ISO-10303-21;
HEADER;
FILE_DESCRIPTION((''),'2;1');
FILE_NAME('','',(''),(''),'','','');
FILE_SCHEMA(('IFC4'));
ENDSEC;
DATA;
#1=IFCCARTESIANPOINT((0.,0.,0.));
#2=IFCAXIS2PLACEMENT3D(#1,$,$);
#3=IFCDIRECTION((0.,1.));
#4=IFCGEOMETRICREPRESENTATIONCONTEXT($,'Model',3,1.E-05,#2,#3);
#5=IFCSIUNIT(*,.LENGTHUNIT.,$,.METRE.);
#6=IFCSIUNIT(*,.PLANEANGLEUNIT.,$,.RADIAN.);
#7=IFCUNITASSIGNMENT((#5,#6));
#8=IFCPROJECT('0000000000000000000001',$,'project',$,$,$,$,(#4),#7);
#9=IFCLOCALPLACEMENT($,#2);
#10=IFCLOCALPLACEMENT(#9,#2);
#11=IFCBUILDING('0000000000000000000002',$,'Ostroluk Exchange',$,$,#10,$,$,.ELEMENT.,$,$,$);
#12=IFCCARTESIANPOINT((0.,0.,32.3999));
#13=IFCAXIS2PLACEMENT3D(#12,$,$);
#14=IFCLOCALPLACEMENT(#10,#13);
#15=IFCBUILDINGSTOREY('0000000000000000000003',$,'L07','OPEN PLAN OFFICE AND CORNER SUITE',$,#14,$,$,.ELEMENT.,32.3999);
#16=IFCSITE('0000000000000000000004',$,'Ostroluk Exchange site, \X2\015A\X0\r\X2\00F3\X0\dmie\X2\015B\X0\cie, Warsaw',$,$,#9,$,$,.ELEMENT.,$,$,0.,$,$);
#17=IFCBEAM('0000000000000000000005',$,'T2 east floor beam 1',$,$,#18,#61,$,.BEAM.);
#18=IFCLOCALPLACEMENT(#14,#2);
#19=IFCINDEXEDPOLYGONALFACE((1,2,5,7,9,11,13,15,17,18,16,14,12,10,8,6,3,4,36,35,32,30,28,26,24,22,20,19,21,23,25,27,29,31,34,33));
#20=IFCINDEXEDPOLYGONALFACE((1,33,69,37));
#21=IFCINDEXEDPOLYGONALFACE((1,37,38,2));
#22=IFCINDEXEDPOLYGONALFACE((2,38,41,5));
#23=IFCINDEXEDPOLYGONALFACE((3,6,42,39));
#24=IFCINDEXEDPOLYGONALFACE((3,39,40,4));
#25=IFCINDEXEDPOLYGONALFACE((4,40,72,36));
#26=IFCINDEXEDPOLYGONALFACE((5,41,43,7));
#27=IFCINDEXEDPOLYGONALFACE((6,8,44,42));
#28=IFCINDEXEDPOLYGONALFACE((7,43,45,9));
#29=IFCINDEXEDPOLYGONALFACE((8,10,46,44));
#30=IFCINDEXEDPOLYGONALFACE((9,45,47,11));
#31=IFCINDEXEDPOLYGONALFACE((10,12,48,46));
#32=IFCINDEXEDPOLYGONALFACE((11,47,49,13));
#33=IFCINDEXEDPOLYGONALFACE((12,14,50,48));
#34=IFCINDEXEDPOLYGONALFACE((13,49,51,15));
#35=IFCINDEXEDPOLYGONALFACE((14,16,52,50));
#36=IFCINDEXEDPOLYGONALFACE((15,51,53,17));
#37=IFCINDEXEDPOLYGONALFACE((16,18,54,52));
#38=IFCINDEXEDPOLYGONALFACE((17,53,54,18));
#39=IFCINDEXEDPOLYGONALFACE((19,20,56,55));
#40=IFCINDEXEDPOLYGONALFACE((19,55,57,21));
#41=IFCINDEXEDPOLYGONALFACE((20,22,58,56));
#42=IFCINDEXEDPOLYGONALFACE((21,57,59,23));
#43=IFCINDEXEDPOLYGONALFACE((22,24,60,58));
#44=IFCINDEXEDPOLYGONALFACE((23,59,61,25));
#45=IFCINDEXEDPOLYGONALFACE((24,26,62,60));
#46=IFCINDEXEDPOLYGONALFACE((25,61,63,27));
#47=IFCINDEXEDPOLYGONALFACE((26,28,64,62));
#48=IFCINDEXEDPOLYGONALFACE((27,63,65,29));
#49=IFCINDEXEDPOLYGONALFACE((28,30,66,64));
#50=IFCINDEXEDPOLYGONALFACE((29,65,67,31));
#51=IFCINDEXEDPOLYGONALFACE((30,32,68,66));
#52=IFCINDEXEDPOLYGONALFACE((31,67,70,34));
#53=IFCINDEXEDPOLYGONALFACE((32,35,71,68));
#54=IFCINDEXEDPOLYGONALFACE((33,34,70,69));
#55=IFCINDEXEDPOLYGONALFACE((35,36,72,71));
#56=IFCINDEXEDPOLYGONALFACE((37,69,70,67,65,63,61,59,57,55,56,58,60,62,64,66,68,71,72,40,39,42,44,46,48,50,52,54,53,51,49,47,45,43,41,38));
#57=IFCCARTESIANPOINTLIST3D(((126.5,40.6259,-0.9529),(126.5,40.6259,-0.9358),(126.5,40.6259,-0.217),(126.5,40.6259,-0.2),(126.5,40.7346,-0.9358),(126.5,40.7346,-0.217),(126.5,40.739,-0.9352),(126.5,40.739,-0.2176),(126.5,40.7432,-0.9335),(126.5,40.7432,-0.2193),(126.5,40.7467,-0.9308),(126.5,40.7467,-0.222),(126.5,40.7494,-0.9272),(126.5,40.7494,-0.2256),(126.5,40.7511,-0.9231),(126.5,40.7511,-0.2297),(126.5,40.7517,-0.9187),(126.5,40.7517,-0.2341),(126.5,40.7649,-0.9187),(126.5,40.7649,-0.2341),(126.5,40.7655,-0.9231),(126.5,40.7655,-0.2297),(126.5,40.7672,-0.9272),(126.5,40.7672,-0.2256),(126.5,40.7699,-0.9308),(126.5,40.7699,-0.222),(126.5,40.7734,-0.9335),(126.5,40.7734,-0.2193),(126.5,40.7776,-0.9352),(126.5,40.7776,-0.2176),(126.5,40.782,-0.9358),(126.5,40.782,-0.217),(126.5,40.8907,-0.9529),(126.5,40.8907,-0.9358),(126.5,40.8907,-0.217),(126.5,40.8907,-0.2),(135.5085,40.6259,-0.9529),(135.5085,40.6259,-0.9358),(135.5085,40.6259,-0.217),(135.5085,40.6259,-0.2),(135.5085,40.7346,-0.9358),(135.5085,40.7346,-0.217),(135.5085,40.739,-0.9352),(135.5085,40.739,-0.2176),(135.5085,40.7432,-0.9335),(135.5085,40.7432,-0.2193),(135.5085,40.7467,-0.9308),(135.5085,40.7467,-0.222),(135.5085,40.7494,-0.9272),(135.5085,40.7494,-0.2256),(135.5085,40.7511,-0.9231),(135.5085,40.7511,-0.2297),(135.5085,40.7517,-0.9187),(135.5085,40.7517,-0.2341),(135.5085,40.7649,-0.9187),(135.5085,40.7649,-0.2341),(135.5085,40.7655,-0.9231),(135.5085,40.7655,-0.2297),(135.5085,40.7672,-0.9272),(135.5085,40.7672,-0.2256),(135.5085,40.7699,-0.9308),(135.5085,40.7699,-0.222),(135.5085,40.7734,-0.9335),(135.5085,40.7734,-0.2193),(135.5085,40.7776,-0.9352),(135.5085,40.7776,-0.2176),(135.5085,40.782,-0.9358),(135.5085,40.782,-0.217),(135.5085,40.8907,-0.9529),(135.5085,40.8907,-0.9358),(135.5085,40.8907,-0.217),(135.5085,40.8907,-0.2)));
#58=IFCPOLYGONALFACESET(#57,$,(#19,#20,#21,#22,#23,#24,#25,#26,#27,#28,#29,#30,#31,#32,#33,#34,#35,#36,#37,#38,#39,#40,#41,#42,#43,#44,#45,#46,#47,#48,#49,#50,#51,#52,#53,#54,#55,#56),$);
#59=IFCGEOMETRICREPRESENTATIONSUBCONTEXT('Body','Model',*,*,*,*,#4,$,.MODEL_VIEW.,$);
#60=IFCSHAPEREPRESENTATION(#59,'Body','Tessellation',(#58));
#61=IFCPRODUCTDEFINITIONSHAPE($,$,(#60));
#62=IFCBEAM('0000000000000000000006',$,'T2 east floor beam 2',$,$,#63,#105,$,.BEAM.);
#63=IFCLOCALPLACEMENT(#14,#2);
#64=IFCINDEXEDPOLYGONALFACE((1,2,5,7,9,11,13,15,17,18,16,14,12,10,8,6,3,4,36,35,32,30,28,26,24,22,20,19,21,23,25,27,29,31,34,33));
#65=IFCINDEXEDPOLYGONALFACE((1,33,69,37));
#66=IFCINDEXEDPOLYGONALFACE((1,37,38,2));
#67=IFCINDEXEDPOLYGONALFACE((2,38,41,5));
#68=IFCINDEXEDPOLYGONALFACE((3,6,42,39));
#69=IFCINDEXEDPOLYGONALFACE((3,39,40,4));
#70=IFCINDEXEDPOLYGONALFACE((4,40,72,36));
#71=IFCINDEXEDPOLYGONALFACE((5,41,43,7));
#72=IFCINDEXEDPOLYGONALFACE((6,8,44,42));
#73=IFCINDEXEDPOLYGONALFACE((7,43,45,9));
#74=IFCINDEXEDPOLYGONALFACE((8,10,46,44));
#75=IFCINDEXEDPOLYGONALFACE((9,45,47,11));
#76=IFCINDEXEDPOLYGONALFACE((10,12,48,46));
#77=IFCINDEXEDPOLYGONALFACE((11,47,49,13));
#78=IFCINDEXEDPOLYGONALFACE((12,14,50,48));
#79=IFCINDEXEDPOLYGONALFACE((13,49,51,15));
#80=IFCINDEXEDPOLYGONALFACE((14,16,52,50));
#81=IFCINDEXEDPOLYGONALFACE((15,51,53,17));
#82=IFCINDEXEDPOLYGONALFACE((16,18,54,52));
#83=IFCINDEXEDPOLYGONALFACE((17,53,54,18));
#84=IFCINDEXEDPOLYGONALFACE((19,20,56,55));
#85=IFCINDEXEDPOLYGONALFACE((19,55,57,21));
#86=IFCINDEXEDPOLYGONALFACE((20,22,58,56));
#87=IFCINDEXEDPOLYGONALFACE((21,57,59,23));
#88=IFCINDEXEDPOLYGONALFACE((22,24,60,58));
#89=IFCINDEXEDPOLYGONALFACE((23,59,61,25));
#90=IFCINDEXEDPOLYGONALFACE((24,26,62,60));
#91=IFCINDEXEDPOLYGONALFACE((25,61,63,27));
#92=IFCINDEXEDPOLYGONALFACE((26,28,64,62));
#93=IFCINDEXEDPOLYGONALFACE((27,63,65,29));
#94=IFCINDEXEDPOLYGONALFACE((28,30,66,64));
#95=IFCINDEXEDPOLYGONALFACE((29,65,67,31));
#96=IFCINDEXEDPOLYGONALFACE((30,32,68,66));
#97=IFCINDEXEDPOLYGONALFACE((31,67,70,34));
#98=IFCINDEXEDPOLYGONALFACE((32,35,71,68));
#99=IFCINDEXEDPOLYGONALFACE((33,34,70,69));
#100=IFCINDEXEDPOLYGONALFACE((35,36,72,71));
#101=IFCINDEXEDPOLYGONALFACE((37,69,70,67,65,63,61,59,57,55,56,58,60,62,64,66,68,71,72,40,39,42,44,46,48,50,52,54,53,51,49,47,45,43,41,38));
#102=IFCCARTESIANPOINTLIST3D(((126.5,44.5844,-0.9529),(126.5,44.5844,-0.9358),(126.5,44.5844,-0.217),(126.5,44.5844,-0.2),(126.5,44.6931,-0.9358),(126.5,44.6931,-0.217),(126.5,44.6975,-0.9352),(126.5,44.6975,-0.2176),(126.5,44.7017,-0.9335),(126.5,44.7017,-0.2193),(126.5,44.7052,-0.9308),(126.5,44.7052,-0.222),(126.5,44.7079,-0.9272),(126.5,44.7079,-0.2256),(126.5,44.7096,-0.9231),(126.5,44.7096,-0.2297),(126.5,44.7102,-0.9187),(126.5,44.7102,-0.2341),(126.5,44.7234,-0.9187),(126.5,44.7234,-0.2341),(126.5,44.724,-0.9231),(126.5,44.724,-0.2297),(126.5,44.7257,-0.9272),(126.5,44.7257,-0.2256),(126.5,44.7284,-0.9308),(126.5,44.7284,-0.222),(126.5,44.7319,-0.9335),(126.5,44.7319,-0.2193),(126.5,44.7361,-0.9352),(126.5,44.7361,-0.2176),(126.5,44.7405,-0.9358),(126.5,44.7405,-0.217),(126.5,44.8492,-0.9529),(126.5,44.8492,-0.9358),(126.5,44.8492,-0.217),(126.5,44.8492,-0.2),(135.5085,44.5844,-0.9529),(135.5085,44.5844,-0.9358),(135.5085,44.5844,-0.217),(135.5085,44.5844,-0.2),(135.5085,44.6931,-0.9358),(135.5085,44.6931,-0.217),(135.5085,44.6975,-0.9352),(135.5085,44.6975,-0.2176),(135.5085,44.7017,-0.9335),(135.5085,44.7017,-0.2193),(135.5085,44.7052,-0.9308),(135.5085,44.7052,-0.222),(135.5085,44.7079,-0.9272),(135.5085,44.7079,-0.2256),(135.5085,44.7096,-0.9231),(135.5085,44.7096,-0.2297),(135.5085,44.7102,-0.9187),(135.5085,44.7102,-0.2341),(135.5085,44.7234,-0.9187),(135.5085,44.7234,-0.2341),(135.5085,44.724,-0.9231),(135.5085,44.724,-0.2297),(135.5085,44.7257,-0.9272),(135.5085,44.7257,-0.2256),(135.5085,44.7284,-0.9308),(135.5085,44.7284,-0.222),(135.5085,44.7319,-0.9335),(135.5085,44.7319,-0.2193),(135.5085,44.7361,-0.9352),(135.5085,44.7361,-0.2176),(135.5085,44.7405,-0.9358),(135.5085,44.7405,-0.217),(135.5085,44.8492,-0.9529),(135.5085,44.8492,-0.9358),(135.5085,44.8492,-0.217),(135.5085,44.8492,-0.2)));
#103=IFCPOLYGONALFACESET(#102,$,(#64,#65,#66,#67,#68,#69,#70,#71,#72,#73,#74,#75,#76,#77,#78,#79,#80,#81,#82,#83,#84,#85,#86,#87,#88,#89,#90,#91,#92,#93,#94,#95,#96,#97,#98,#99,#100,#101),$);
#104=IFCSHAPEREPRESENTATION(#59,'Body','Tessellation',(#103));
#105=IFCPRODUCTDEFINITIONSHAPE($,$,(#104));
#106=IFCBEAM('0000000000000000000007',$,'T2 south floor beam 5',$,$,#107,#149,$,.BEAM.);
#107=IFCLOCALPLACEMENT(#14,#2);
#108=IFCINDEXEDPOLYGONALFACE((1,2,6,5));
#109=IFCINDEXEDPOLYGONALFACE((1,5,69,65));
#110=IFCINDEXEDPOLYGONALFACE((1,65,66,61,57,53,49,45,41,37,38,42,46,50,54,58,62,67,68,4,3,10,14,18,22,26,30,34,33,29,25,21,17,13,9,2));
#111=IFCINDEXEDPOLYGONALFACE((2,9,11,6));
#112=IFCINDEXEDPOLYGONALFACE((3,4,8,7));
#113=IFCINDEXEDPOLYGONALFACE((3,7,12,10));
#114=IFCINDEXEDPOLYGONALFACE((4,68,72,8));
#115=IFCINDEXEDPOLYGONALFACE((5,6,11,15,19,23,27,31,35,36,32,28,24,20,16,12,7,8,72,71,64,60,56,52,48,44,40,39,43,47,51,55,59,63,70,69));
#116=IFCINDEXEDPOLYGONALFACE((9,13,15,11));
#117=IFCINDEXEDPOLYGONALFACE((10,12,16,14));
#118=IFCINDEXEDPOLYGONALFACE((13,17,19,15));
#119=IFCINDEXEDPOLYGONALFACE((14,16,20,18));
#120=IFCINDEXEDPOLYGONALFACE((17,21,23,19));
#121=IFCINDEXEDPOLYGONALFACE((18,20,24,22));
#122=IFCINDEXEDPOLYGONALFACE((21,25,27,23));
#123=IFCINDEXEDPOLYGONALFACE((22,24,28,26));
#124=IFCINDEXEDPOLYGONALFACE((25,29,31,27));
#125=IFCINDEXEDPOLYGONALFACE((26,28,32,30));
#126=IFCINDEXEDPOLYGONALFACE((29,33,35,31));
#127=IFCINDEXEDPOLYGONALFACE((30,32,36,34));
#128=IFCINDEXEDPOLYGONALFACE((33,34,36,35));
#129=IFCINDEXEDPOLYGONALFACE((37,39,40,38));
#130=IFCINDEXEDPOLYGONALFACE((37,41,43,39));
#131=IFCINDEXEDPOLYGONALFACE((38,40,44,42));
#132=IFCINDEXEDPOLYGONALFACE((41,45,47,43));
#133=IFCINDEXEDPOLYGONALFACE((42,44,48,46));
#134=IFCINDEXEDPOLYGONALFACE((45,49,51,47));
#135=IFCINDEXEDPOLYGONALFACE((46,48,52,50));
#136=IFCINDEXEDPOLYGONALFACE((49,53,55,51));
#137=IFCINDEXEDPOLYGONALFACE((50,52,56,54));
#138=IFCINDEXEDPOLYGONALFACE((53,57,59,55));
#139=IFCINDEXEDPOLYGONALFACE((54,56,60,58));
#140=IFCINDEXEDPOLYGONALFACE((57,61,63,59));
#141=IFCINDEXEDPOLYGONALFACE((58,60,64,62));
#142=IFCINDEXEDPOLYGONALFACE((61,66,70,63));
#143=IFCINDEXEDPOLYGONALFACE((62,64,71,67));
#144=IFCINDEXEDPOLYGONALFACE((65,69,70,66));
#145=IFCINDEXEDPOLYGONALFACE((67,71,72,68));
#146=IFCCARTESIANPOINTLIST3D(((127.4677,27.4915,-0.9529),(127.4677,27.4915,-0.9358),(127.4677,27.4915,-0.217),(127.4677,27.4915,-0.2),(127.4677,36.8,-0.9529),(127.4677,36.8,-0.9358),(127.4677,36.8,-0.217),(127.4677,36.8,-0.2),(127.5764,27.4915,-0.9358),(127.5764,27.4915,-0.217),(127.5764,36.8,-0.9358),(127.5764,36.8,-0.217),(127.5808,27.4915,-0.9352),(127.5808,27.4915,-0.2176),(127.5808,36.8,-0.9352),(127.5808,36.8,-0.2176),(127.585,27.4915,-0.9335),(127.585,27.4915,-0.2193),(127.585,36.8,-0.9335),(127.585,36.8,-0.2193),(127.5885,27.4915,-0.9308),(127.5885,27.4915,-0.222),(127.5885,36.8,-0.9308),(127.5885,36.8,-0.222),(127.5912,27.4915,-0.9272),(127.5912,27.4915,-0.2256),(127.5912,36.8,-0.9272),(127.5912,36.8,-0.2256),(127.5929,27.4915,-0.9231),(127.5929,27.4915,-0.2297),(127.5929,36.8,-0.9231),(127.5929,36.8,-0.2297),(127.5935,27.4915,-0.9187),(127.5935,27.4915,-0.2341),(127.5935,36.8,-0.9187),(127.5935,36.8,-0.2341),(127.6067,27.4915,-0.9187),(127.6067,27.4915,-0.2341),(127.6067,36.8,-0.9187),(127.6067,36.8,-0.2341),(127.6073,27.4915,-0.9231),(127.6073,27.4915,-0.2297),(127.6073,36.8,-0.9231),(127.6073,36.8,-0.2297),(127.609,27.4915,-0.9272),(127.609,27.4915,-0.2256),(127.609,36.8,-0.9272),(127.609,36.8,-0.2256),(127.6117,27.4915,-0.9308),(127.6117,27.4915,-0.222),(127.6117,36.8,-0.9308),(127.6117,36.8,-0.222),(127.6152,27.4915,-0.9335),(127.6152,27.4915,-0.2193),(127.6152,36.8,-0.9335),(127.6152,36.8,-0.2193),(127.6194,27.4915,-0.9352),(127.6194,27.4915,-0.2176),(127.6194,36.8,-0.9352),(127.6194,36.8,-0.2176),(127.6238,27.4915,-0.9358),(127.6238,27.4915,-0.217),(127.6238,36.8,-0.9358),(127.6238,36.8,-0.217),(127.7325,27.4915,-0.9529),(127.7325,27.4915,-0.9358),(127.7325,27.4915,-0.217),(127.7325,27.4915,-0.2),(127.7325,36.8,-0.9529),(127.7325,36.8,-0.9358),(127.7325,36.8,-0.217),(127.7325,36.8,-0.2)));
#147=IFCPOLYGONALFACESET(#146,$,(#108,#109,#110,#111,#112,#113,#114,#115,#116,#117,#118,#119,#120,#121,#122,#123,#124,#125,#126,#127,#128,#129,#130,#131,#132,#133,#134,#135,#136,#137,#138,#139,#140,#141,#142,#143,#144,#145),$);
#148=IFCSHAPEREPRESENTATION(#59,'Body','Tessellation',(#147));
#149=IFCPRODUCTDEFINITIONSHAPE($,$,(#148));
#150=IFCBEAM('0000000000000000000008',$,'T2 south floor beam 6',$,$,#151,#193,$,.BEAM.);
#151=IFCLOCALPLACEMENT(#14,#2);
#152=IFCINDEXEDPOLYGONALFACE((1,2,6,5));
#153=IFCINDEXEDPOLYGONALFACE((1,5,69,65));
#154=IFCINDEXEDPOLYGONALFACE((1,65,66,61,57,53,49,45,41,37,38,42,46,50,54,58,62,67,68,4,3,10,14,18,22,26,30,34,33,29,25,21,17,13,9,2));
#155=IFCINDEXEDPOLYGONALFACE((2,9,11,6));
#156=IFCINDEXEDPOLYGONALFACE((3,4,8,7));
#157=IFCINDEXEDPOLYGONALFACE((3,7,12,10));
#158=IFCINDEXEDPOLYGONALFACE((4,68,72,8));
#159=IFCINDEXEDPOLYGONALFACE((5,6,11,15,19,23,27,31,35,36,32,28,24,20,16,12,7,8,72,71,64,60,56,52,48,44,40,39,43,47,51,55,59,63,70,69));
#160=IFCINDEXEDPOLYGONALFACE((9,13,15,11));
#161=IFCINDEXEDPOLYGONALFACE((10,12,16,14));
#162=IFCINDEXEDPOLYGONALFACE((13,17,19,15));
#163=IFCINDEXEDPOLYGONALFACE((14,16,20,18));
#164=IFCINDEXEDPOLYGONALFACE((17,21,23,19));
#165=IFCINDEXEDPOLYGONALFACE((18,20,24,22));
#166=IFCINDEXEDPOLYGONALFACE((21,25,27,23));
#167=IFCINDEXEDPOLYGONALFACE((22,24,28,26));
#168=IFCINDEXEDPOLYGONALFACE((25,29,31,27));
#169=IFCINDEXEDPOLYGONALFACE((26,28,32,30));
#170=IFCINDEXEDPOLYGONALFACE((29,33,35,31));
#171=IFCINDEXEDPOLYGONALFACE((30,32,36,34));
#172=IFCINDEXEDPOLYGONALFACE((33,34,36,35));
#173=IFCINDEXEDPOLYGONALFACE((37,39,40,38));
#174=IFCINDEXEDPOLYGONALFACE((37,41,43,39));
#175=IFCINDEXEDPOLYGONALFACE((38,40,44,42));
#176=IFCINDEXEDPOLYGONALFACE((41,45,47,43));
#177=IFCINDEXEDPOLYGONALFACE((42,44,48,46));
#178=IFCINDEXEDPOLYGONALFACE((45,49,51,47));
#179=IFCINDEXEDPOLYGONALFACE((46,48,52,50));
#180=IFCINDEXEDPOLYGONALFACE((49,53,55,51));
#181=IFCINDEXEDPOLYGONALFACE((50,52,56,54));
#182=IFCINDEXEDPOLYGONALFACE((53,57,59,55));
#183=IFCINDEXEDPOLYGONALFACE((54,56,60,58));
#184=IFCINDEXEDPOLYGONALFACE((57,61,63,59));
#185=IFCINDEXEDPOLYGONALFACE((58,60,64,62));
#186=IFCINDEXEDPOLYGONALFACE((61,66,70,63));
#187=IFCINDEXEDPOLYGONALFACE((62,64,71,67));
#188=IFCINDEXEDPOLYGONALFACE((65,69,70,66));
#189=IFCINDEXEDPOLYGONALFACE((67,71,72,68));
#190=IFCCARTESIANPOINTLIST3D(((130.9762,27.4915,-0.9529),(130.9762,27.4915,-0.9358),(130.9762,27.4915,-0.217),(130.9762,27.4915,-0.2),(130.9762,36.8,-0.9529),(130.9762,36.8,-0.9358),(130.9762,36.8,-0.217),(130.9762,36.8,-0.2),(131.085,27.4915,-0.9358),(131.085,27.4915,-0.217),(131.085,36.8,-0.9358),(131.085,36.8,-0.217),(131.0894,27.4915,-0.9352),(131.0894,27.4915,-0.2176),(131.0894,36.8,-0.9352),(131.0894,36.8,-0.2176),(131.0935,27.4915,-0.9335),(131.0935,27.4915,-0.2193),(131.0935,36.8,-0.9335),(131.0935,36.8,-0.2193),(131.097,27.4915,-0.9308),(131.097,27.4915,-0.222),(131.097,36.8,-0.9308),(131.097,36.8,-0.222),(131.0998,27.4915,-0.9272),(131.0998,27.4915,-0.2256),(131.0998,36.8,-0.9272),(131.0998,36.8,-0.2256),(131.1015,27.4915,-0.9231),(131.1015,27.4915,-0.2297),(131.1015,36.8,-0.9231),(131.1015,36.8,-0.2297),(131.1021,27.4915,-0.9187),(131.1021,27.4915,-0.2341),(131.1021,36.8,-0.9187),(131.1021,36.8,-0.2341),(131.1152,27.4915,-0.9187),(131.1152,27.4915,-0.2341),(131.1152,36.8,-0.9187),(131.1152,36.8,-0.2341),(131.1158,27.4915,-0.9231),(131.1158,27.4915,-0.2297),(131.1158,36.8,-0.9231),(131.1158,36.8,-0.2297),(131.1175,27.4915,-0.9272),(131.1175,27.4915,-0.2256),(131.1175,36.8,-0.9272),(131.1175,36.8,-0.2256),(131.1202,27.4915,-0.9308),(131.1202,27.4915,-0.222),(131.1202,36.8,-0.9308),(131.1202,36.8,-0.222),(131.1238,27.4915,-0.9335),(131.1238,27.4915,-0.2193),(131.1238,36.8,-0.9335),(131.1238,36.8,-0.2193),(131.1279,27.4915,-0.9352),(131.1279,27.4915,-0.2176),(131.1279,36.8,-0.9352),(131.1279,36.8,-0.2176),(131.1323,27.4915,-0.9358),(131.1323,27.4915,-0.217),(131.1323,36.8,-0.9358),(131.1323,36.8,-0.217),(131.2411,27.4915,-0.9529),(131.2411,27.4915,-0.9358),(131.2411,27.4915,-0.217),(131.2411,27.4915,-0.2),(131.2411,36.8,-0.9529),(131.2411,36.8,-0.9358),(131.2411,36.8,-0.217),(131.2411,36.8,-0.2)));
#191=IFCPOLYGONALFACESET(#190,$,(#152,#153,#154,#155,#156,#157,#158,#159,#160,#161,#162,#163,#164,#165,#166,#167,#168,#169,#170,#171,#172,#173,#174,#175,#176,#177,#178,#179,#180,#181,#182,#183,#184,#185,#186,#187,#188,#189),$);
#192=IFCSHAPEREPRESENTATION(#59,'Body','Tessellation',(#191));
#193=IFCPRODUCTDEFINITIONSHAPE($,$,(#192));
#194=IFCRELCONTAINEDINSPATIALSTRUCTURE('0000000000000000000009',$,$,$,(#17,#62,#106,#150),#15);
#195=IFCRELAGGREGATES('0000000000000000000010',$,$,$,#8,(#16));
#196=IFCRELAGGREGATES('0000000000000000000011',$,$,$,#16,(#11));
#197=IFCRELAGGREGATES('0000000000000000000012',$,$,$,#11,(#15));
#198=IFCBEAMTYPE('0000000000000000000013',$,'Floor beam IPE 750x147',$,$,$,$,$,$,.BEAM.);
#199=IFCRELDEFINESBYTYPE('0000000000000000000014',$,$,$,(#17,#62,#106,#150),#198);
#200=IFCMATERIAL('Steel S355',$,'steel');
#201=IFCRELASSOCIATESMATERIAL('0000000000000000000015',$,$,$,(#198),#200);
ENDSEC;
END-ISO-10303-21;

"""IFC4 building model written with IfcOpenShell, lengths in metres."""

from ifc_helpers import new_model, si_unit, direction, frame, origin, origin_2d, place, context, subcontext, project, spatial, i_section, extrude, material, material_profile, profile_set, type_object, element, save


model = new_model("IFC4")

# Units and contexts
model_context = context("Model", 3, precision=1e-05, world=origin(), true_north=direction((0.0, 1.0)))
body_context = subcontext(model_context, "Body", "Model", "MODEL_VIEW")
ifc_project = project(units=[si_unit("LENGTHUNIT", "METRE"), si_unit("PLANEANGLEUNIT", "RADIAN")], contexts=[model_context])

# Site, building, storey
site_placement = place(None, origin())
site = spatial("IfcSite", under=ifc_project, at=site_placement, Name="Ostroluk Exchange site, Śródmieście, Warsaw", CompositionType="ELEMENT", RefElevation=0.0)
building_placement = place(site_placement, origin())
building = spatial("IfcBuilding", under=site, at=building_placement, Name="Ostroluk Exchange", CompositionType="ELEMENT")
storey_placement = place(building_placement, frame((0.0, 0.0, 32.3999)))
storey = spatial("IfcBuildingStorey", under=building, at=storey_placement, Name="L07", Description="OPEN PLAN OFFICE AND CORNER SUITE", CompositionType="ELEMENT", Elevation=32.3999)

# Beams
ifc_material_1 = material(Name="Steel S355", Category="steel")
ifc_material_profile_1 = material_profile(ifc_material_1, i_section(OverallWidth=0.2649, OverallDepth=0.7529, WebThickness=0.0132, FlangeThickness=0.0171, FilletRadius=0.0171, at=origin_2d()), Name="IPE 750x147")
ifc_profile_set_1 = profile_set([ifc_material_profile_1], Name="Steel S355")
beam_type_1 = type_object("IfcBeamType", Name="Floor beam IPE 750x147", PredefinedType="BEAM", material=ifc_profile_set_1)
for number, where, z_axis, x_axis, name in (
    (1, (126.5, 40.7583, -0.5764), (1.0, 0.0, 0.0), (0.0, 1.0, 0.0), "T2 east floor beam 1"),
    (2, (126.5, 44.7168, -0.5764), (1.0, 0.0, 0.0), (0.0, 1.0, 0.0), "T2 east floor beam 2"),
):
    element("IfcBeam", number, at=place(storey_placement, frame(where, z_axis=z_axis, x_axis=x_axis)), inside=storey, type_object=beam_type_1, Name=name, PredefinedType="BEAM", context=body_context, shape_type="SweptSolid", body=[
        extrude(i_section(OverallWidth=0.2649, OverallDepth=0.7529, WebThickness=0.0132, FlangeThickness=0.0171, FilletRadius=0.0171, at=origin_2d()), origin(), (0.0, 0.0, 1.0), 9.0085),
    ])
for number, where, z_axis, x_axis, name in (
    (3, (127.6001, 36.8, -0.5764), (0.0, -1.0, 0.0), (1.0, 0.0, 0.0), "T2 south floor beam 5"),
    (4, (131.1086, 36.8, -0.5764), (0.0, -1.0, 0.0), (1.0, 0.0, 0.0), "T2 south floor beam 6"),
):
    element("IfcBeam", number, at=place(storey_placement, frame(where, z_axis=z_axis, x_axis=x_axis)), inside=storey, type_object=beam_type_1, Name=name, PredefinedType="BEAM", context=body_context, shape_type="SweptSolid", body=[
        extrude(i_section(OverallWidth=0.2649, OverallDepth=0.7529, WebThickness=0.0132, FlangeThickness=0.0171, FilletRadius=0.0171, at=origin_2d()), origin(), (0.0, 0.0, 1.0), 9.3086),
    ])

save(model, "model.ifc")
